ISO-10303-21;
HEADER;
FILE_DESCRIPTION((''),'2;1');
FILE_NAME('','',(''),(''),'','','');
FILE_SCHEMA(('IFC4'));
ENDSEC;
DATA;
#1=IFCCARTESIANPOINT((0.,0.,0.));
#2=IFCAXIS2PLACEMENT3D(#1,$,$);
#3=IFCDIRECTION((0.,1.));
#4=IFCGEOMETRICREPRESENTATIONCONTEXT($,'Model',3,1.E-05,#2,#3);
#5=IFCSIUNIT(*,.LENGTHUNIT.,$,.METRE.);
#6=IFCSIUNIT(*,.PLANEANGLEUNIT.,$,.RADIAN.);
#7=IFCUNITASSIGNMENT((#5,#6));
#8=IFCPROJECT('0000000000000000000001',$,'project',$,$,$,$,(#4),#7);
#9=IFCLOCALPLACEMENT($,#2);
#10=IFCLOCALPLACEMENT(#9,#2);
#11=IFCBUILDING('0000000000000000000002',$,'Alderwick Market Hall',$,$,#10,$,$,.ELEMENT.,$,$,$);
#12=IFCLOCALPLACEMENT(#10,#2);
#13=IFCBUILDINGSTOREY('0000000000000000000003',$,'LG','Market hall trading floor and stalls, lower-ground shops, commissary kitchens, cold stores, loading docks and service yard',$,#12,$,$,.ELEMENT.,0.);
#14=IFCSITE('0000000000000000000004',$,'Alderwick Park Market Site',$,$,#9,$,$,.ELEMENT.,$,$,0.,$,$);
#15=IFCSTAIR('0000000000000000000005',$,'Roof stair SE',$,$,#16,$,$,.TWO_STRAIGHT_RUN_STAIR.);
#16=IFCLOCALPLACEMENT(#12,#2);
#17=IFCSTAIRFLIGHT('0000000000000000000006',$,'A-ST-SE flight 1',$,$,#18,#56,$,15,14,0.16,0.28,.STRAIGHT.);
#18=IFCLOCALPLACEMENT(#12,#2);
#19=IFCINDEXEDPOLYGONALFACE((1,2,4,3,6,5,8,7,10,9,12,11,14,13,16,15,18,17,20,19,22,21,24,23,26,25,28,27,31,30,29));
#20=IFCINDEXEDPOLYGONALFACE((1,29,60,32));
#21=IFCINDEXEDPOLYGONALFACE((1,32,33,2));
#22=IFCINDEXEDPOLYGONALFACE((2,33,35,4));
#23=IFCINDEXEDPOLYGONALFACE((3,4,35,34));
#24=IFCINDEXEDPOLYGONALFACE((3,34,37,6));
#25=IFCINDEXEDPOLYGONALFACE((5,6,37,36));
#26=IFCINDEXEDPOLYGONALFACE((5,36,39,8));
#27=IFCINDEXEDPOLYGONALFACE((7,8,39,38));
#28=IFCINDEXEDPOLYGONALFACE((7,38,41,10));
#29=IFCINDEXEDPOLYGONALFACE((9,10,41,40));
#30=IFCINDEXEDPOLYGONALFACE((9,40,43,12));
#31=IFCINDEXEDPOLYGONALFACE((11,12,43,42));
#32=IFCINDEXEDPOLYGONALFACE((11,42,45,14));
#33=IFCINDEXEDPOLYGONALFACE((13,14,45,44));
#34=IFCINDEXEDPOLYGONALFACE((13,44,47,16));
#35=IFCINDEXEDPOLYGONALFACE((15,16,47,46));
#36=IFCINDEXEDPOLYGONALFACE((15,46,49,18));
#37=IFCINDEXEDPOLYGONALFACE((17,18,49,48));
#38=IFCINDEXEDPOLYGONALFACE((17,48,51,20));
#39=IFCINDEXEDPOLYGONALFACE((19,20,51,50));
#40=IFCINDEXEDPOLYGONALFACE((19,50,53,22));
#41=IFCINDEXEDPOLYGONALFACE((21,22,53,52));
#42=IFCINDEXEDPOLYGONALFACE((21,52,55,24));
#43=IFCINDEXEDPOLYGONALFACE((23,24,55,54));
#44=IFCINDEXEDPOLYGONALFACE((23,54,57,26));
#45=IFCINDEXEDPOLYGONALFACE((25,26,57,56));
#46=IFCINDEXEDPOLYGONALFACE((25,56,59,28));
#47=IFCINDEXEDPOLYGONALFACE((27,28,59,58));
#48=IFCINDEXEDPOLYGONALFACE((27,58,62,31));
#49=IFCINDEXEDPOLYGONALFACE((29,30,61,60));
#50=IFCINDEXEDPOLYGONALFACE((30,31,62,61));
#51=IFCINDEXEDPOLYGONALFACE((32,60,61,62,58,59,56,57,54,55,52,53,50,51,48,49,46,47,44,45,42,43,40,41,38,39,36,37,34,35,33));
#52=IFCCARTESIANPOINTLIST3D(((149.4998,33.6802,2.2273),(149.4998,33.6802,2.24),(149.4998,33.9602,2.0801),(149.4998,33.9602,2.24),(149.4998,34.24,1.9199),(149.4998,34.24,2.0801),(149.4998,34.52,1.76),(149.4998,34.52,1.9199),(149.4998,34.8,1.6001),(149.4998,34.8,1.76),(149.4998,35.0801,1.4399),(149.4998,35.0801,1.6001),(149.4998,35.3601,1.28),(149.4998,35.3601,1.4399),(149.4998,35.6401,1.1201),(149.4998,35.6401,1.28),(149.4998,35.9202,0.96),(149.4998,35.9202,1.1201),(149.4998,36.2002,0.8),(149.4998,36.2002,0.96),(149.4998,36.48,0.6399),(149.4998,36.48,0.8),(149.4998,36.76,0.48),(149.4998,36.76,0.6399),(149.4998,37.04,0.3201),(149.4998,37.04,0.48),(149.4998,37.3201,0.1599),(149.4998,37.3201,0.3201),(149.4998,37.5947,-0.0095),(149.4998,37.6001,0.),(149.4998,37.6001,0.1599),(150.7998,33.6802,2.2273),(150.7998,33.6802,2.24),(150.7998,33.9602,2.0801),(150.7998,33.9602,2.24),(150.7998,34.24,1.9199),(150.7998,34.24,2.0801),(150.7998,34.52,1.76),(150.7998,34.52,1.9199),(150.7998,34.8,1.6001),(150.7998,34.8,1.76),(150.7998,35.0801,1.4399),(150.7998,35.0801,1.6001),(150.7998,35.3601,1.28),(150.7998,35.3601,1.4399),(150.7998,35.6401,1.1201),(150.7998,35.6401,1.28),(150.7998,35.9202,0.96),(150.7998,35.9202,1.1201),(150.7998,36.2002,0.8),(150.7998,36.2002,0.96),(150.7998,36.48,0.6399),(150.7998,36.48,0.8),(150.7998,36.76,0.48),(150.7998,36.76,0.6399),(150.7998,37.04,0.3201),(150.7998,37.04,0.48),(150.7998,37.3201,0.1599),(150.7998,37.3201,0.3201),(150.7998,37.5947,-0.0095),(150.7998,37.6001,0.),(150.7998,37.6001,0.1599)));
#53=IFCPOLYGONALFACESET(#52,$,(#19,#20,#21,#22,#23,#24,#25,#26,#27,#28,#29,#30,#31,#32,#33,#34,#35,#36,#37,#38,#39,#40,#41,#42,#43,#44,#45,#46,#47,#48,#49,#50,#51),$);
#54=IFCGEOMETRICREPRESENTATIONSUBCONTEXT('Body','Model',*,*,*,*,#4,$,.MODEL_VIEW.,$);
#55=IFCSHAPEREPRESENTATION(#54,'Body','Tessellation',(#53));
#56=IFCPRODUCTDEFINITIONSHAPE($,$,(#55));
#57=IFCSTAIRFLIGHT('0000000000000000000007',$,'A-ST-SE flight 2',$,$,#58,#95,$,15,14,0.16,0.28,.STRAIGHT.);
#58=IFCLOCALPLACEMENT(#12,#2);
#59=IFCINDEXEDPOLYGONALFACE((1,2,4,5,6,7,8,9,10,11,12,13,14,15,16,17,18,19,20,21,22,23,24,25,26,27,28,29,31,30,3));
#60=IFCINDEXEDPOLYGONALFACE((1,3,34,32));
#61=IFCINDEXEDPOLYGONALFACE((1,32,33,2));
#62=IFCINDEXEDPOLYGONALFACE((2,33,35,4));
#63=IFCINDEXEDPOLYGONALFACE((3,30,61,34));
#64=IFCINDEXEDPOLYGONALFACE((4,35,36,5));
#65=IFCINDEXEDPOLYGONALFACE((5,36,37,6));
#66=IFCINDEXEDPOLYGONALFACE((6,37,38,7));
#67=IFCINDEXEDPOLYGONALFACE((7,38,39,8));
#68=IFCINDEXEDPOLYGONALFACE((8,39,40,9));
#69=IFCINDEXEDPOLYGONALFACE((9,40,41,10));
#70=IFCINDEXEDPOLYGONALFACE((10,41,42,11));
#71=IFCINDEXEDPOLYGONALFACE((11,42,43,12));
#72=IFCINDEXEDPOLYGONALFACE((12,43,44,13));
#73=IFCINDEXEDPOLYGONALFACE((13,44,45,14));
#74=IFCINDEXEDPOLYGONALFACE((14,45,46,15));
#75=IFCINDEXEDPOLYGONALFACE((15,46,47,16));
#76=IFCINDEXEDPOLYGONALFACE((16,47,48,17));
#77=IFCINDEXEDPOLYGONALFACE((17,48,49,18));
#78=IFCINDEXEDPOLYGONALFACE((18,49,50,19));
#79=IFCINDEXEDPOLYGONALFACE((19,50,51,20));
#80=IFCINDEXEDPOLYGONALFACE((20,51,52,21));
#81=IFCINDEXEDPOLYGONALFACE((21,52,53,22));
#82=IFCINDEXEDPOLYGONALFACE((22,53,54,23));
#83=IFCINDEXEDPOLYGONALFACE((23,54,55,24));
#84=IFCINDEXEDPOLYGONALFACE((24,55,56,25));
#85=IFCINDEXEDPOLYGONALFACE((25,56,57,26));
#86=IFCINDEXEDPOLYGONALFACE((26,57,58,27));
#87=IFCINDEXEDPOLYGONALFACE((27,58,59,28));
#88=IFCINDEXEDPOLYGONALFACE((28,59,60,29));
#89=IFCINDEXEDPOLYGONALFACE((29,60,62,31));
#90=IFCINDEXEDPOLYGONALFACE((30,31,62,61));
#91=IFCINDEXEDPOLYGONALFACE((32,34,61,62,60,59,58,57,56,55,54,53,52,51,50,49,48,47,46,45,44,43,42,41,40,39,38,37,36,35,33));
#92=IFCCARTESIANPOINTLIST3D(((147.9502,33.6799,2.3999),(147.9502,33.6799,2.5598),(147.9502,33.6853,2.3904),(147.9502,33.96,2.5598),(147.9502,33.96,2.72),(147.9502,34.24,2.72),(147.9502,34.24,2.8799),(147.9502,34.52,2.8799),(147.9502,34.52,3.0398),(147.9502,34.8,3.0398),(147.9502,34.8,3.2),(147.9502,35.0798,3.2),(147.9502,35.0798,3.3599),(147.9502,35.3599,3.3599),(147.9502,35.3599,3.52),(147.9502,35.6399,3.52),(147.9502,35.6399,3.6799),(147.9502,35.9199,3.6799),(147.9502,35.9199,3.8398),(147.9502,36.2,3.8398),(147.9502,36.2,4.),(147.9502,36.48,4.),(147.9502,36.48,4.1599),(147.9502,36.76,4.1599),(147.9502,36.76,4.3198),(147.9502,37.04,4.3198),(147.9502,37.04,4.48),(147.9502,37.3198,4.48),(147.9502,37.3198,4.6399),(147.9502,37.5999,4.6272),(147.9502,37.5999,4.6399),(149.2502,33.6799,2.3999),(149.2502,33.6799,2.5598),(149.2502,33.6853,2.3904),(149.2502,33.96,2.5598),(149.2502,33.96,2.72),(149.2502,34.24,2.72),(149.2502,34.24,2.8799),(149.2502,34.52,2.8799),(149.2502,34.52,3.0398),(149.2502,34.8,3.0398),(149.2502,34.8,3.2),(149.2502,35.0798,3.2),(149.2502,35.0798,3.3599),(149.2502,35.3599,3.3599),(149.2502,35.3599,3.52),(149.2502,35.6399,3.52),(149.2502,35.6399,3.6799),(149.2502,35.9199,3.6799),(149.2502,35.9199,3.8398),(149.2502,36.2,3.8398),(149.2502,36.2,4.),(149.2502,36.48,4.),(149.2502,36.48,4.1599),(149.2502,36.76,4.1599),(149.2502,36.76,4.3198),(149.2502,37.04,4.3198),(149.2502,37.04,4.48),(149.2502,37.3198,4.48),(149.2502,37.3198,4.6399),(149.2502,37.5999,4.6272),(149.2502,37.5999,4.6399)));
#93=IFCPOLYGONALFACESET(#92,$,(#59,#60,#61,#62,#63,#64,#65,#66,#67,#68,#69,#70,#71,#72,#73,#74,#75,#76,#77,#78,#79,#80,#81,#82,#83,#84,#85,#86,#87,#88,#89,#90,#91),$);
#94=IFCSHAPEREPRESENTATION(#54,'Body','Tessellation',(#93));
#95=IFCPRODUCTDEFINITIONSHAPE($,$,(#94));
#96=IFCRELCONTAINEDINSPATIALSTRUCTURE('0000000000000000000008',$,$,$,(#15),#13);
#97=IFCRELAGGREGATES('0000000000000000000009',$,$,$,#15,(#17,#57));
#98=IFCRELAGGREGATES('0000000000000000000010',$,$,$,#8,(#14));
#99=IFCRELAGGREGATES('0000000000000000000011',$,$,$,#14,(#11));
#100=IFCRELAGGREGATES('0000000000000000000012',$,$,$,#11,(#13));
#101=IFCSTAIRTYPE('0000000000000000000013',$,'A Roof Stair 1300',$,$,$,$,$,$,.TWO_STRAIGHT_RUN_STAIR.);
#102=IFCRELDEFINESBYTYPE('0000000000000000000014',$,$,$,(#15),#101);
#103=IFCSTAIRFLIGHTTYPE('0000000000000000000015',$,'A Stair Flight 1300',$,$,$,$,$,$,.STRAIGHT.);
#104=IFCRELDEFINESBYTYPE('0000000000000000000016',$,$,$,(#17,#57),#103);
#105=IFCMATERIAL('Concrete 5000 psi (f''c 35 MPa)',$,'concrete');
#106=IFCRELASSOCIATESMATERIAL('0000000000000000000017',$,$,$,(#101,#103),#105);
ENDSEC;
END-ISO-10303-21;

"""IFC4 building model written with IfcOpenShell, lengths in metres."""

from ifc_helpers import new_model, si_unit, direction, frame, origin, place, context, subcontext, project, spatial, polyline, outline, extrude, material, type_object, element, aggregate, save


model = new_model("IFC4")

# Units and contexts
model_context = context("Model", 3, precision=1e-05, world=origin(), true_north=direction((0.0, 1.0)))
body_context = subcontext(model_context, "Body", "Model", "MODEL_VIEW")
ifc_project = project(units=[si_unit("LENGTHUNIT", "METRE"), si_unit("PLANEANGLEUNIT", "RADIAN")], contexts=[model_context])

# Site, building, storey
site_placement = place(None, origin())
site = spatial("IfcSite", under=ifc_project, at=site_placement, Name="Alderwick Park Market Site", CompositionType="ELEMENT", RefElevation=0.0)
building_placement = place(site_placement, origin())
building = spatial("IfcBuilding", under=site, at=building_placement, Name="Alderwick Market Hall", CompositionType="ELEMENT")
storey_placement = place(building_placement, origin())
storey = spatial("IfcBuildingStorey", under=building, at=storey_placement, Name="LG", Description="Market hall trading floor and stalls, lower-ground shops, commissary kitchens, cold stores, loading docks and service yard", CompositionType="ELEMENT", Elevation=0.0)

# Shared definitions
ifc_material_1 = material(Name="Concrete 5000 psi (f'c 35 MPa)", Category="concrete")

# Stair, stair flights
stair_type = type_object("IfcStairType", Name="A Roof Stair 1300", PredefinedType="TWO_STRAIGHT_RUN_STAIR", material=ifc_material_1)
stair_placement = place(storey_placement, origin())
stair = element("IfcStair", 1, at=stair_placement, inside=storey, type_object=stair_type, Name="Roof stair SE", PredefinedType="TWO_STRAIGHT_RUN_STAIR")
stair_flight_type = type_object("IfcStairFlightType", Name="A Stair Flight 1300", PredefinedType="STRAIGHT", material=ifc_material_1)
stair_flight_1_placement = place(storey_placement, frame((150.1499, 37.6001, 0.0), z_axis=(0.0, 0.0, 1.0), x_axis=(0.0, -1.0, 0.0)))
stair_flight_1 = element("IfcStairFlight", 2, at=stair_flight_1_placement, type_object=stair_flight_type, Name="A-ST-SE flight 1", NumberOfRisers=15, NumberOfTreads=14, PredefinedType="STRAIGHT", RiserHeight=0.16, TreadLength=0.28, context=body_context, shape_type="SweptSolid", body=[
    extrude(outline(polyline([(0.0054, -0.0095), (0.0, 0.0), (0.0, 0.1599), (0.28, 0.1599), (0.28, 0.3201), (0.5601, 0.3201), (0.5601, 0.48), (0.8401, 0.48), (0.8401, 0.6399), (1.1201, 0.6399), (1.1201, 0.8), (1.3999, 0.8), (1.3999, 0.96), (1.6799, 0.96), (1.6799, 1.1201), (1.96, 1.1201), (1.96, 1.28), (2.24, 1.28), (2.24, 1.4399), (2.52, 1.4399), (2.52, 1.6001), (2.8, 1.6001), (2.8, 1.76), (3.0801, 1.76), (3.0801, 1.9199), (3.3601, 1.9199), (3.3601, 2.0801), (3.6399, 2.0801), (3.6399, 2.24), (3.9199, 2.24), (3.9199, 2.2273), (0.0054, -0.0095)])), frame((0.0, 0.6499, 0.0), z_axis=(0.0, -1.0, 0.0), x_axis=(1.0, 0.0, 0.0)), (0.0, 0.0, 1.0), 1.3),
])
stair_flight_2_placement = place(storey_placement, frame((148.6001, 33.6799, 2.3999), z_axis=(0.0, 0.0, 1.0), x_axis=(0.0, 1.0, 0.0)))
stair_flight_2 = element("IfcStairFlight", 3, at=stair_flight_2_placement, type_object=stair_flight_type, Name="A-ST-SE flight 2", NumberOfRisers=15, NumberOfTreads=14, PredefinedType="STRAIGHT", RiserHeight=0.16, TreadLength=0.28, context=body_context, shape_type="SweptSolid", body=[
    extrude(outline(polyline([(0.0054, -0.0095), (0.0, 0.0), (0.0, 0.1599), (0.28, 0.1599), (0.28, 0.3201), (0.5601, 0.3201), (0.5601, 0.48), (0.8401, 0.48), (0.8401, 0.6399), (1.1201, 0.6399), (1.1201, 0.8), (1.3999, 0.8), (1.3999, 0.96), (1.6799, 0.96), (1.6799, 1.1201), (1.96, 1.1201), (1.96, 1.28), (2.24, 1.28), (2.24, 1.4399), (2.52, 1.4399), (2.52, 1.6001), (2.8, 1.6001), (2.8, 1.76), (3.0801, 1.76), (3.0801, 1.9199), (3.3601, 1.9199), (3.3601, 2.0801), (3.6399, 2.0801), (3.6399, 2.24), (3.9199, 2.24), (3.9199, 2.2273), (0.0054, -0.0095)])), frame((0.0, 0.6499, 0.0), z_axis=(0.0, -1.0, 0.0), x_axis=(1.0, 0.0, 0.0)), (0.0, 0.0, 1.0), 1.3),
])
aggregate(stair, [stair_flight_1, stair_flight_2])

save(model, "model.ifc")
